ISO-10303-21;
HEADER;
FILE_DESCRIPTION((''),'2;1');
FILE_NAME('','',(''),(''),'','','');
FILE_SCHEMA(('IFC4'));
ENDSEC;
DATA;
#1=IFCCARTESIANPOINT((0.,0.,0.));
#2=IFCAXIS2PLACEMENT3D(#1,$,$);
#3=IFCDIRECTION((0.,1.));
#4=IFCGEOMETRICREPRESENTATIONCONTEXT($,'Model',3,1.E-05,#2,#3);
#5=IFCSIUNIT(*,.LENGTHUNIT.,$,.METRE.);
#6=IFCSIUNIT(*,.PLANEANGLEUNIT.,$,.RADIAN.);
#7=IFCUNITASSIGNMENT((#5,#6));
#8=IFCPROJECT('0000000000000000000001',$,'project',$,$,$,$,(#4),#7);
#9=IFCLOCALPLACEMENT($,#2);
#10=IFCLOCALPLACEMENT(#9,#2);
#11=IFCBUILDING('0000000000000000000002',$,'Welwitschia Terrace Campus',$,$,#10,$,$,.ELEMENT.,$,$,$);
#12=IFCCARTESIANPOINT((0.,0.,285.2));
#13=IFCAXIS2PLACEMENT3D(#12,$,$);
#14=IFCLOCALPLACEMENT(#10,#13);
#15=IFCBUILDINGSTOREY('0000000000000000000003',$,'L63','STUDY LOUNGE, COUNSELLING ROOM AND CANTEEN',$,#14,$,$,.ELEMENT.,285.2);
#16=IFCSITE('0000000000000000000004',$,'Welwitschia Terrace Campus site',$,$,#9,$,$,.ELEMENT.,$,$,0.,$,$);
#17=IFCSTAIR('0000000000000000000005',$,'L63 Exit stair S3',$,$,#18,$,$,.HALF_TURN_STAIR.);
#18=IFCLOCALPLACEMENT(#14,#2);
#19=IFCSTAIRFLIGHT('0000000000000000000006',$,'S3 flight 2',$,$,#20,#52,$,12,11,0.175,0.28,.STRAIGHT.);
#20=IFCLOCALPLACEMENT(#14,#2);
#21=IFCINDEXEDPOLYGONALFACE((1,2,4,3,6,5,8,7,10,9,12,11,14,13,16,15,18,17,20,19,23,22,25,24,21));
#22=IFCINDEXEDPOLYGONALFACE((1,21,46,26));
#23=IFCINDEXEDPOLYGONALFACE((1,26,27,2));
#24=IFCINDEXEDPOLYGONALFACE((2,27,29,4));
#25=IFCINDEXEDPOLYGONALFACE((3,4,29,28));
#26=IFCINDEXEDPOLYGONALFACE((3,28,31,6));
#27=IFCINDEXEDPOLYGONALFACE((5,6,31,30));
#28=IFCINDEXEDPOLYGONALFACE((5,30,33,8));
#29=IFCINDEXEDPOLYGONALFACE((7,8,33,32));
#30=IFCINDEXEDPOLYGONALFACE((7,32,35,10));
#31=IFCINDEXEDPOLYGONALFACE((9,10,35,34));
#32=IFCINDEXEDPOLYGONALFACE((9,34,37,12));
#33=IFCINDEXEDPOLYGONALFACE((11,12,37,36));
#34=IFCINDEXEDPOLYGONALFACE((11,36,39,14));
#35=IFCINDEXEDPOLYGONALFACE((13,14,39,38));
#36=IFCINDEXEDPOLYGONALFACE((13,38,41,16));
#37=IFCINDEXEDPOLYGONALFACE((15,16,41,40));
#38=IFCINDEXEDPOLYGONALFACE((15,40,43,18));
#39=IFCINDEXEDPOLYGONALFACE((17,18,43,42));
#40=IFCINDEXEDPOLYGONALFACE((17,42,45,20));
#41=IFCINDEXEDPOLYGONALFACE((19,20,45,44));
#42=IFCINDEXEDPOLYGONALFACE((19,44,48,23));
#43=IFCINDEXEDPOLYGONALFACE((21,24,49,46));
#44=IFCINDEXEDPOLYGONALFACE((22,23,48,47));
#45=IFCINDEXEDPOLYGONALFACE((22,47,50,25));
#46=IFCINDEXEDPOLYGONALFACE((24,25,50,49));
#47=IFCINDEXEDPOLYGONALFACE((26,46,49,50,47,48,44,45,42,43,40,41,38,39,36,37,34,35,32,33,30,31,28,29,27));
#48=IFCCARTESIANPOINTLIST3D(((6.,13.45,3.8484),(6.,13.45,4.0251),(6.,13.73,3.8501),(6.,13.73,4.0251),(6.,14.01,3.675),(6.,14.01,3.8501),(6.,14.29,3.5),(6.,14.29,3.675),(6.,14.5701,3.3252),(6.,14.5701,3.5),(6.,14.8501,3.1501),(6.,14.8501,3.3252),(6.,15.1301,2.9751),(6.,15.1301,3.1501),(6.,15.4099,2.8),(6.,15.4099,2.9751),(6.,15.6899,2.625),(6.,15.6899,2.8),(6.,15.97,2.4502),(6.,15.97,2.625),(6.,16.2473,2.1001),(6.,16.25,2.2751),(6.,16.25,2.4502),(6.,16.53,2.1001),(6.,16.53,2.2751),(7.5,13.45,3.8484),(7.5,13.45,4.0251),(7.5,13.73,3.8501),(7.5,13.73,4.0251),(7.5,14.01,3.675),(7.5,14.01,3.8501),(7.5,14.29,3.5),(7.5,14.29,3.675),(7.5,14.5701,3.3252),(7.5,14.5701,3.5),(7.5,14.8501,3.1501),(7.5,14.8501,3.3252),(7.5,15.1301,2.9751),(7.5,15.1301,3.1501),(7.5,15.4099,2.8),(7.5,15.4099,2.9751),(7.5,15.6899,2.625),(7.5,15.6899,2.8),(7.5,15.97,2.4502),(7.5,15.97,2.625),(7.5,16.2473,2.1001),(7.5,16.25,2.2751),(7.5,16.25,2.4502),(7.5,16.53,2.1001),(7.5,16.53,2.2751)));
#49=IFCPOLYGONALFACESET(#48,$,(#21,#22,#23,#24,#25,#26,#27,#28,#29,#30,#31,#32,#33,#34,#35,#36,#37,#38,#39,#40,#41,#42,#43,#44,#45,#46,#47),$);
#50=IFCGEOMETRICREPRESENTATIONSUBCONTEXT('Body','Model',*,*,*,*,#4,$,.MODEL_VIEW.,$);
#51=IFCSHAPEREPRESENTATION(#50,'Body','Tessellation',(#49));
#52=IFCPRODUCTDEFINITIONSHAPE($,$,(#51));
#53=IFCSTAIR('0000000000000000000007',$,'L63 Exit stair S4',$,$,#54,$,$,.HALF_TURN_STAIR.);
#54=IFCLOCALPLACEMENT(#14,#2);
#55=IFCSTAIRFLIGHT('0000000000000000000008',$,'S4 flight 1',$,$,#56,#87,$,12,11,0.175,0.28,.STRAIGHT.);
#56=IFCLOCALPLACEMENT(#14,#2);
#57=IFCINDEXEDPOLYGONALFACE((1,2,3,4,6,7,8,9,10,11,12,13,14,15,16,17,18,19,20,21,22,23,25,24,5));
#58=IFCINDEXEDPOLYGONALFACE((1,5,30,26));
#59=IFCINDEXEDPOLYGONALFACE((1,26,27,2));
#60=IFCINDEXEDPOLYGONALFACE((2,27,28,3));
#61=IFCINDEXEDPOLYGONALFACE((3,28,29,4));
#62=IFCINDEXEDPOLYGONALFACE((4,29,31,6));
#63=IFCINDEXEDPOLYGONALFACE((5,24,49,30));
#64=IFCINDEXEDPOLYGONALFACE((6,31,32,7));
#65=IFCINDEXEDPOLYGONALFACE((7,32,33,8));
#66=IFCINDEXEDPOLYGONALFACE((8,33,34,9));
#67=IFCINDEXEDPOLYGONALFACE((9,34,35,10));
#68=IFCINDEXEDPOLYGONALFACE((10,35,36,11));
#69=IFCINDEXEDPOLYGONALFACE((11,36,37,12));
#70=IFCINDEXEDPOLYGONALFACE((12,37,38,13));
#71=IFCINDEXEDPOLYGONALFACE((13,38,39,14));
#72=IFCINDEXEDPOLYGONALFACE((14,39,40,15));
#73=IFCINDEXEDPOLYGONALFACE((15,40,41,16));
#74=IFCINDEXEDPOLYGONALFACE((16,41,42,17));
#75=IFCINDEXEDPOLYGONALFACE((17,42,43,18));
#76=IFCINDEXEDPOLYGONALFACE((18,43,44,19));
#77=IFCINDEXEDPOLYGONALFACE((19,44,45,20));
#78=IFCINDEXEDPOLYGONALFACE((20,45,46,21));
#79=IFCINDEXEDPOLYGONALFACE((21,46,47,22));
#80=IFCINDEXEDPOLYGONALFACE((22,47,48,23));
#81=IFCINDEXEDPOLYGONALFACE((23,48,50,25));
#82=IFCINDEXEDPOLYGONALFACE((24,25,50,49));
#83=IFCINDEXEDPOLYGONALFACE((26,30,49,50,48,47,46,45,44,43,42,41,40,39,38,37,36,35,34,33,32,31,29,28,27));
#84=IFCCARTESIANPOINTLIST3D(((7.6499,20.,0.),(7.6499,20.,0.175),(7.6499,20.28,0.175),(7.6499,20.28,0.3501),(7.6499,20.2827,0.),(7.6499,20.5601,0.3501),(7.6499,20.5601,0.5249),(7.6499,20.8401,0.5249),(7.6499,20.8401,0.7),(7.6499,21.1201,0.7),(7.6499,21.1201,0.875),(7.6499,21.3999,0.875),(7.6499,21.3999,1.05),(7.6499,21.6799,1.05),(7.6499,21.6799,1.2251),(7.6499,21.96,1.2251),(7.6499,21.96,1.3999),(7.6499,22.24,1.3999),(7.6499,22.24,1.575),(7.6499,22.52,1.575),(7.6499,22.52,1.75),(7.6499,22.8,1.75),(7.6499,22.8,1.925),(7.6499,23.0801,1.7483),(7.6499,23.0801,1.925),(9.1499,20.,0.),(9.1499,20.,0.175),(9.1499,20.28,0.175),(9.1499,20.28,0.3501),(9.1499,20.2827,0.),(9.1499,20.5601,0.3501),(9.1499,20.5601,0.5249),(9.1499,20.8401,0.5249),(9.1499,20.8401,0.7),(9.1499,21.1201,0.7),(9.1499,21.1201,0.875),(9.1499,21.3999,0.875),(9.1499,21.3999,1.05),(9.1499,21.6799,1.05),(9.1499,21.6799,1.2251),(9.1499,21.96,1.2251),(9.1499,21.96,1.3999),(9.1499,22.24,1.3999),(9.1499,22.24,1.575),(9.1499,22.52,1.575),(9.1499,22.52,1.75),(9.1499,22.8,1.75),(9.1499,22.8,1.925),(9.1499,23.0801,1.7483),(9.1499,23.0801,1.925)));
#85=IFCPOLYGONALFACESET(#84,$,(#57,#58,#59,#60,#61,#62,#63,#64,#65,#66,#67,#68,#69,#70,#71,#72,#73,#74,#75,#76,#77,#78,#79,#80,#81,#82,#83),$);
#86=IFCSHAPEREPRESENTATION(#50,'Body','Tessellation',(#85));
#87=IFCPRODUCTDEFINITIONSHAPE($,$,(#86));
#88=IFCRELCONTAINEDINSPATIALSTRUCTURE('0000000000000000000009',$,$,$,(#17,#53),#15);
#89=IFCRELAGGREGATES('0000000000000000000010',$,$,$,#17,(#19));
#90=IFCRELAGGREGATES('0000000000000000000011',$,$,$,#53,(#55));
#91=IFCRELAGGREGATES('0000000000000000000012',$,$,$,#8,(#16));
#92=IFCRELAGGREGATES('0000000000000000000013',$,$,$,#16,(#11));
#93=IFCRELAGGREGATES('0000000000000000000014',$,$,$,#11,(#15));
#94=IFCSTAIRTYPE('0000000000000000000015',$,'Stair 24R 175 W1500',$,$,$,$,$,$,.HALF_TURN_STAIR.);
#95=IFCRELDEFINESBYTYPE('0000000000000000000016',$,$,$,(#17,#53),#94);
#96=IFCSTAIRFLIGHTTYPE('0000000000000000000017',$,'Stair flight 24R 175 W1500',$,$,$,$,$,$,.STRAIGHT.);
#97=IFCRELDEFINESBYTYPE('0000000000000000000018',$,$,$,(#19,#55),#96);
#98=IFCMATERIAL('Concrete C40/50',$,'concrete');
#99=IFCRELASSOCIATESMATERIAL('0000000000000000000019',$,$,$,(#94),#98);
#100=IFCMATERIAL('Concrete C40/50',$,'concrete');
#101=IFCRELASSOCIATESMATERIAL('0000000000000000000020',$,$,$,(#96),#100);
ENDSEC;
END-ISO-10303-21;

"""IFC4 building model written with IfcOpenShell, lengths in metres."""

from ifc_helpers import new_model, si_unit, direction, frame, origin, place, context, subcontext, project, spatial, polyline, outline, extrude, material, type_object, element, aggregate, save


model = new_model("IFC4")

# Units and contexts
model_context = context("Model", 3, precision=1e-05, world=origin(), true_north=direction((0.0, 1.0)))
body_context = subcontext(model_context, "Body", "Model", "MODEL_VIEW")
ifc_project = project(units=[si_unit("LENGTHUNIT", "METRE"), si_unit("PLANEANGLEUNIT", "RADIAN")], contexts=[model_context])

# Site, building, storey
site_placement = place(None, origin())
site = spatial("IfcSite", under=ifc_project, at=site_placement, Name="Welwitschia Terrace Campus site", CompositionType="ELEMENT", RefElevation=0.0)
building_placement = place(site_placement, origin())
building = spatial("IfcBuilding", under=site, at=building_placement, Name="Welwitschia Terrace Campus", CompositionType="ELEMENT")
storey_placement = place(building_placement, frame((0.0, 0.0, 285.2)))
storey = spatial("IfcBuildingStorey", under=building, at=storey_placement, Name="L63", Description="STUDY LOUNGE, COUNSELLING ROOM AND CANTEEN", CompositionType="ELEMENT", Elevation=285.2)

# Stairs, stair flights
ifc_material_1 = material(Name="Concrete C40/50", Category="concrete")
stair_type = type_object("IfcStairType", Name="Stair 24R 175 W1500", PredefinedType="HALF_TURN_STAIR", material=ifc_material_1)
stair_1_placement = place(storey_placement, origin())
stair_1 = element("IfcStair", 1, at=stair_1_placement, inside=storey, type_object=stair_type, Name="L63 Exit stair S3", PredefinedType="HALF_TURN_STAIR")
ifc_material_2 = material(Name="Concrete C40/50", Category="concrete")
stair_flight_type = type_object("IfcStairFlightType", Name="Stair flight 24R 175 W1500", PredefinedType="STRAIGHT", material=ifc_material_2)
stair_flight_1_placement = place(storey_placement, frame((6.75, 16.53, 2.1001), z_axis=(0.0, 0.0, 1.0), x_axis=(0.0, -1.0, 0.0)))
stair_flight_1 = element("IfcStairFlight", 2, at=stair_flight_1_placement, type_object=stair_flight_type, Name="S3 flight 2", NumberOfRisers=12, NumberOfTreads=11, PredefinedType="STRAIGHT", RiserHeight=0.175, TreadLength=0.28, context=body_context, shape_type="SweptSolid", body=[
    extrude(outline(polyline([(0.0, 0.0), (0.0, 0.175), (0.28, 0.175), (0.28, 0.3501), (0.5601, 0.3501), (0.5601, 0.5249), (0.8401, 0.5249), (0.8401, 0.7), (1.1201, 0.7), (1.1201, 0.875), (1.3999, 0.875), (1.3999, 1.05), (1.6799, 1.05), (1.6799, 1.2251), (1.96, 1.2251), (1.96, 1.3999), (2.24, 1.3999), (2.24, 1.575), (2.52, 1.575), (2.52, 1.75), (2.8, 1.75), (2.8, 1.925), (3.0801, 1.925), (3.0801, 2.1001), (3.0801, 1.7483), (0.2827, 0.0), (0.0, 0.0)])), frame((0.0, 0.75, 0.0), z_axis=(0.0, -1.0, 0.0), x_axis=(1.0, 0.0, 0.0)), (0.0, 0.0, 1.0), 1.5),
])
aggregate(stair_1, [stair_flight_1])
stair_2_placement = place(storey_placement, origin())
stair_2 = element("IfcStair", 3, at=stair_2_placement, inside=storey, type_object=stair_type, Name="L63 Exit stair S4", PredefinedType="HALF_TURN_STAIR")
stair_flight_2_placement = place(storey_placement, frame((8.3999, 20.0, 0.0), z_axis=(0.0, 0.0, 1.0), x_axis=(0.0, 1.0, 0.0)))
stair_flight_2 = element("IfcStairFlight", 4, at=stair_flight_2_placement, type_object=stair_flight_type, Name="S4 flight 1", NumberOfRisers=12, NumberOfTreads=11, PredefinedType="STRAIGHT", RiserHeight=0.175, TreadLength=0.28, context=body_context, shape_type="SweptSolid", body=[
    extrude(outline(polyline([(0.0, 0.0), (0.0, 0.175), (0.28, 0.175), (0.28, 0.3501), (0.5601, 0.3501), (0.5601, 0.5249), (0.8401, 0.5249), (0.8401, 0.7), (1.1201, 0.7), (1.1201, 0.875), (1.3999, 0.875), (1.3999, 1.05), (1.6799, 1.05), (1.6799, 1.2251), (1.96, 1.2251), (1.96, 1.3999), (2.24, 1.3999), (2.24, 1.575), (2.52, 1.575), (2.52, 1.75), (2.8, 1.75), (2.8, 1.925), (3.0801, 1.925), (3.0801, 2.1001), (3.0801, 1.7483), (0.2827, 0.0), (0.0, 0.0)])), frame((0.0, 0.75, 0.0), z_axis=(0.0, -1.0, 0.0), x_axis=(1.0, 0.0, 0.0)), (0.0, 0.0, 1.0), 1.5),
])
aggregate(stair_2, [stair_flight_2])

save(model, "model.ifc")
